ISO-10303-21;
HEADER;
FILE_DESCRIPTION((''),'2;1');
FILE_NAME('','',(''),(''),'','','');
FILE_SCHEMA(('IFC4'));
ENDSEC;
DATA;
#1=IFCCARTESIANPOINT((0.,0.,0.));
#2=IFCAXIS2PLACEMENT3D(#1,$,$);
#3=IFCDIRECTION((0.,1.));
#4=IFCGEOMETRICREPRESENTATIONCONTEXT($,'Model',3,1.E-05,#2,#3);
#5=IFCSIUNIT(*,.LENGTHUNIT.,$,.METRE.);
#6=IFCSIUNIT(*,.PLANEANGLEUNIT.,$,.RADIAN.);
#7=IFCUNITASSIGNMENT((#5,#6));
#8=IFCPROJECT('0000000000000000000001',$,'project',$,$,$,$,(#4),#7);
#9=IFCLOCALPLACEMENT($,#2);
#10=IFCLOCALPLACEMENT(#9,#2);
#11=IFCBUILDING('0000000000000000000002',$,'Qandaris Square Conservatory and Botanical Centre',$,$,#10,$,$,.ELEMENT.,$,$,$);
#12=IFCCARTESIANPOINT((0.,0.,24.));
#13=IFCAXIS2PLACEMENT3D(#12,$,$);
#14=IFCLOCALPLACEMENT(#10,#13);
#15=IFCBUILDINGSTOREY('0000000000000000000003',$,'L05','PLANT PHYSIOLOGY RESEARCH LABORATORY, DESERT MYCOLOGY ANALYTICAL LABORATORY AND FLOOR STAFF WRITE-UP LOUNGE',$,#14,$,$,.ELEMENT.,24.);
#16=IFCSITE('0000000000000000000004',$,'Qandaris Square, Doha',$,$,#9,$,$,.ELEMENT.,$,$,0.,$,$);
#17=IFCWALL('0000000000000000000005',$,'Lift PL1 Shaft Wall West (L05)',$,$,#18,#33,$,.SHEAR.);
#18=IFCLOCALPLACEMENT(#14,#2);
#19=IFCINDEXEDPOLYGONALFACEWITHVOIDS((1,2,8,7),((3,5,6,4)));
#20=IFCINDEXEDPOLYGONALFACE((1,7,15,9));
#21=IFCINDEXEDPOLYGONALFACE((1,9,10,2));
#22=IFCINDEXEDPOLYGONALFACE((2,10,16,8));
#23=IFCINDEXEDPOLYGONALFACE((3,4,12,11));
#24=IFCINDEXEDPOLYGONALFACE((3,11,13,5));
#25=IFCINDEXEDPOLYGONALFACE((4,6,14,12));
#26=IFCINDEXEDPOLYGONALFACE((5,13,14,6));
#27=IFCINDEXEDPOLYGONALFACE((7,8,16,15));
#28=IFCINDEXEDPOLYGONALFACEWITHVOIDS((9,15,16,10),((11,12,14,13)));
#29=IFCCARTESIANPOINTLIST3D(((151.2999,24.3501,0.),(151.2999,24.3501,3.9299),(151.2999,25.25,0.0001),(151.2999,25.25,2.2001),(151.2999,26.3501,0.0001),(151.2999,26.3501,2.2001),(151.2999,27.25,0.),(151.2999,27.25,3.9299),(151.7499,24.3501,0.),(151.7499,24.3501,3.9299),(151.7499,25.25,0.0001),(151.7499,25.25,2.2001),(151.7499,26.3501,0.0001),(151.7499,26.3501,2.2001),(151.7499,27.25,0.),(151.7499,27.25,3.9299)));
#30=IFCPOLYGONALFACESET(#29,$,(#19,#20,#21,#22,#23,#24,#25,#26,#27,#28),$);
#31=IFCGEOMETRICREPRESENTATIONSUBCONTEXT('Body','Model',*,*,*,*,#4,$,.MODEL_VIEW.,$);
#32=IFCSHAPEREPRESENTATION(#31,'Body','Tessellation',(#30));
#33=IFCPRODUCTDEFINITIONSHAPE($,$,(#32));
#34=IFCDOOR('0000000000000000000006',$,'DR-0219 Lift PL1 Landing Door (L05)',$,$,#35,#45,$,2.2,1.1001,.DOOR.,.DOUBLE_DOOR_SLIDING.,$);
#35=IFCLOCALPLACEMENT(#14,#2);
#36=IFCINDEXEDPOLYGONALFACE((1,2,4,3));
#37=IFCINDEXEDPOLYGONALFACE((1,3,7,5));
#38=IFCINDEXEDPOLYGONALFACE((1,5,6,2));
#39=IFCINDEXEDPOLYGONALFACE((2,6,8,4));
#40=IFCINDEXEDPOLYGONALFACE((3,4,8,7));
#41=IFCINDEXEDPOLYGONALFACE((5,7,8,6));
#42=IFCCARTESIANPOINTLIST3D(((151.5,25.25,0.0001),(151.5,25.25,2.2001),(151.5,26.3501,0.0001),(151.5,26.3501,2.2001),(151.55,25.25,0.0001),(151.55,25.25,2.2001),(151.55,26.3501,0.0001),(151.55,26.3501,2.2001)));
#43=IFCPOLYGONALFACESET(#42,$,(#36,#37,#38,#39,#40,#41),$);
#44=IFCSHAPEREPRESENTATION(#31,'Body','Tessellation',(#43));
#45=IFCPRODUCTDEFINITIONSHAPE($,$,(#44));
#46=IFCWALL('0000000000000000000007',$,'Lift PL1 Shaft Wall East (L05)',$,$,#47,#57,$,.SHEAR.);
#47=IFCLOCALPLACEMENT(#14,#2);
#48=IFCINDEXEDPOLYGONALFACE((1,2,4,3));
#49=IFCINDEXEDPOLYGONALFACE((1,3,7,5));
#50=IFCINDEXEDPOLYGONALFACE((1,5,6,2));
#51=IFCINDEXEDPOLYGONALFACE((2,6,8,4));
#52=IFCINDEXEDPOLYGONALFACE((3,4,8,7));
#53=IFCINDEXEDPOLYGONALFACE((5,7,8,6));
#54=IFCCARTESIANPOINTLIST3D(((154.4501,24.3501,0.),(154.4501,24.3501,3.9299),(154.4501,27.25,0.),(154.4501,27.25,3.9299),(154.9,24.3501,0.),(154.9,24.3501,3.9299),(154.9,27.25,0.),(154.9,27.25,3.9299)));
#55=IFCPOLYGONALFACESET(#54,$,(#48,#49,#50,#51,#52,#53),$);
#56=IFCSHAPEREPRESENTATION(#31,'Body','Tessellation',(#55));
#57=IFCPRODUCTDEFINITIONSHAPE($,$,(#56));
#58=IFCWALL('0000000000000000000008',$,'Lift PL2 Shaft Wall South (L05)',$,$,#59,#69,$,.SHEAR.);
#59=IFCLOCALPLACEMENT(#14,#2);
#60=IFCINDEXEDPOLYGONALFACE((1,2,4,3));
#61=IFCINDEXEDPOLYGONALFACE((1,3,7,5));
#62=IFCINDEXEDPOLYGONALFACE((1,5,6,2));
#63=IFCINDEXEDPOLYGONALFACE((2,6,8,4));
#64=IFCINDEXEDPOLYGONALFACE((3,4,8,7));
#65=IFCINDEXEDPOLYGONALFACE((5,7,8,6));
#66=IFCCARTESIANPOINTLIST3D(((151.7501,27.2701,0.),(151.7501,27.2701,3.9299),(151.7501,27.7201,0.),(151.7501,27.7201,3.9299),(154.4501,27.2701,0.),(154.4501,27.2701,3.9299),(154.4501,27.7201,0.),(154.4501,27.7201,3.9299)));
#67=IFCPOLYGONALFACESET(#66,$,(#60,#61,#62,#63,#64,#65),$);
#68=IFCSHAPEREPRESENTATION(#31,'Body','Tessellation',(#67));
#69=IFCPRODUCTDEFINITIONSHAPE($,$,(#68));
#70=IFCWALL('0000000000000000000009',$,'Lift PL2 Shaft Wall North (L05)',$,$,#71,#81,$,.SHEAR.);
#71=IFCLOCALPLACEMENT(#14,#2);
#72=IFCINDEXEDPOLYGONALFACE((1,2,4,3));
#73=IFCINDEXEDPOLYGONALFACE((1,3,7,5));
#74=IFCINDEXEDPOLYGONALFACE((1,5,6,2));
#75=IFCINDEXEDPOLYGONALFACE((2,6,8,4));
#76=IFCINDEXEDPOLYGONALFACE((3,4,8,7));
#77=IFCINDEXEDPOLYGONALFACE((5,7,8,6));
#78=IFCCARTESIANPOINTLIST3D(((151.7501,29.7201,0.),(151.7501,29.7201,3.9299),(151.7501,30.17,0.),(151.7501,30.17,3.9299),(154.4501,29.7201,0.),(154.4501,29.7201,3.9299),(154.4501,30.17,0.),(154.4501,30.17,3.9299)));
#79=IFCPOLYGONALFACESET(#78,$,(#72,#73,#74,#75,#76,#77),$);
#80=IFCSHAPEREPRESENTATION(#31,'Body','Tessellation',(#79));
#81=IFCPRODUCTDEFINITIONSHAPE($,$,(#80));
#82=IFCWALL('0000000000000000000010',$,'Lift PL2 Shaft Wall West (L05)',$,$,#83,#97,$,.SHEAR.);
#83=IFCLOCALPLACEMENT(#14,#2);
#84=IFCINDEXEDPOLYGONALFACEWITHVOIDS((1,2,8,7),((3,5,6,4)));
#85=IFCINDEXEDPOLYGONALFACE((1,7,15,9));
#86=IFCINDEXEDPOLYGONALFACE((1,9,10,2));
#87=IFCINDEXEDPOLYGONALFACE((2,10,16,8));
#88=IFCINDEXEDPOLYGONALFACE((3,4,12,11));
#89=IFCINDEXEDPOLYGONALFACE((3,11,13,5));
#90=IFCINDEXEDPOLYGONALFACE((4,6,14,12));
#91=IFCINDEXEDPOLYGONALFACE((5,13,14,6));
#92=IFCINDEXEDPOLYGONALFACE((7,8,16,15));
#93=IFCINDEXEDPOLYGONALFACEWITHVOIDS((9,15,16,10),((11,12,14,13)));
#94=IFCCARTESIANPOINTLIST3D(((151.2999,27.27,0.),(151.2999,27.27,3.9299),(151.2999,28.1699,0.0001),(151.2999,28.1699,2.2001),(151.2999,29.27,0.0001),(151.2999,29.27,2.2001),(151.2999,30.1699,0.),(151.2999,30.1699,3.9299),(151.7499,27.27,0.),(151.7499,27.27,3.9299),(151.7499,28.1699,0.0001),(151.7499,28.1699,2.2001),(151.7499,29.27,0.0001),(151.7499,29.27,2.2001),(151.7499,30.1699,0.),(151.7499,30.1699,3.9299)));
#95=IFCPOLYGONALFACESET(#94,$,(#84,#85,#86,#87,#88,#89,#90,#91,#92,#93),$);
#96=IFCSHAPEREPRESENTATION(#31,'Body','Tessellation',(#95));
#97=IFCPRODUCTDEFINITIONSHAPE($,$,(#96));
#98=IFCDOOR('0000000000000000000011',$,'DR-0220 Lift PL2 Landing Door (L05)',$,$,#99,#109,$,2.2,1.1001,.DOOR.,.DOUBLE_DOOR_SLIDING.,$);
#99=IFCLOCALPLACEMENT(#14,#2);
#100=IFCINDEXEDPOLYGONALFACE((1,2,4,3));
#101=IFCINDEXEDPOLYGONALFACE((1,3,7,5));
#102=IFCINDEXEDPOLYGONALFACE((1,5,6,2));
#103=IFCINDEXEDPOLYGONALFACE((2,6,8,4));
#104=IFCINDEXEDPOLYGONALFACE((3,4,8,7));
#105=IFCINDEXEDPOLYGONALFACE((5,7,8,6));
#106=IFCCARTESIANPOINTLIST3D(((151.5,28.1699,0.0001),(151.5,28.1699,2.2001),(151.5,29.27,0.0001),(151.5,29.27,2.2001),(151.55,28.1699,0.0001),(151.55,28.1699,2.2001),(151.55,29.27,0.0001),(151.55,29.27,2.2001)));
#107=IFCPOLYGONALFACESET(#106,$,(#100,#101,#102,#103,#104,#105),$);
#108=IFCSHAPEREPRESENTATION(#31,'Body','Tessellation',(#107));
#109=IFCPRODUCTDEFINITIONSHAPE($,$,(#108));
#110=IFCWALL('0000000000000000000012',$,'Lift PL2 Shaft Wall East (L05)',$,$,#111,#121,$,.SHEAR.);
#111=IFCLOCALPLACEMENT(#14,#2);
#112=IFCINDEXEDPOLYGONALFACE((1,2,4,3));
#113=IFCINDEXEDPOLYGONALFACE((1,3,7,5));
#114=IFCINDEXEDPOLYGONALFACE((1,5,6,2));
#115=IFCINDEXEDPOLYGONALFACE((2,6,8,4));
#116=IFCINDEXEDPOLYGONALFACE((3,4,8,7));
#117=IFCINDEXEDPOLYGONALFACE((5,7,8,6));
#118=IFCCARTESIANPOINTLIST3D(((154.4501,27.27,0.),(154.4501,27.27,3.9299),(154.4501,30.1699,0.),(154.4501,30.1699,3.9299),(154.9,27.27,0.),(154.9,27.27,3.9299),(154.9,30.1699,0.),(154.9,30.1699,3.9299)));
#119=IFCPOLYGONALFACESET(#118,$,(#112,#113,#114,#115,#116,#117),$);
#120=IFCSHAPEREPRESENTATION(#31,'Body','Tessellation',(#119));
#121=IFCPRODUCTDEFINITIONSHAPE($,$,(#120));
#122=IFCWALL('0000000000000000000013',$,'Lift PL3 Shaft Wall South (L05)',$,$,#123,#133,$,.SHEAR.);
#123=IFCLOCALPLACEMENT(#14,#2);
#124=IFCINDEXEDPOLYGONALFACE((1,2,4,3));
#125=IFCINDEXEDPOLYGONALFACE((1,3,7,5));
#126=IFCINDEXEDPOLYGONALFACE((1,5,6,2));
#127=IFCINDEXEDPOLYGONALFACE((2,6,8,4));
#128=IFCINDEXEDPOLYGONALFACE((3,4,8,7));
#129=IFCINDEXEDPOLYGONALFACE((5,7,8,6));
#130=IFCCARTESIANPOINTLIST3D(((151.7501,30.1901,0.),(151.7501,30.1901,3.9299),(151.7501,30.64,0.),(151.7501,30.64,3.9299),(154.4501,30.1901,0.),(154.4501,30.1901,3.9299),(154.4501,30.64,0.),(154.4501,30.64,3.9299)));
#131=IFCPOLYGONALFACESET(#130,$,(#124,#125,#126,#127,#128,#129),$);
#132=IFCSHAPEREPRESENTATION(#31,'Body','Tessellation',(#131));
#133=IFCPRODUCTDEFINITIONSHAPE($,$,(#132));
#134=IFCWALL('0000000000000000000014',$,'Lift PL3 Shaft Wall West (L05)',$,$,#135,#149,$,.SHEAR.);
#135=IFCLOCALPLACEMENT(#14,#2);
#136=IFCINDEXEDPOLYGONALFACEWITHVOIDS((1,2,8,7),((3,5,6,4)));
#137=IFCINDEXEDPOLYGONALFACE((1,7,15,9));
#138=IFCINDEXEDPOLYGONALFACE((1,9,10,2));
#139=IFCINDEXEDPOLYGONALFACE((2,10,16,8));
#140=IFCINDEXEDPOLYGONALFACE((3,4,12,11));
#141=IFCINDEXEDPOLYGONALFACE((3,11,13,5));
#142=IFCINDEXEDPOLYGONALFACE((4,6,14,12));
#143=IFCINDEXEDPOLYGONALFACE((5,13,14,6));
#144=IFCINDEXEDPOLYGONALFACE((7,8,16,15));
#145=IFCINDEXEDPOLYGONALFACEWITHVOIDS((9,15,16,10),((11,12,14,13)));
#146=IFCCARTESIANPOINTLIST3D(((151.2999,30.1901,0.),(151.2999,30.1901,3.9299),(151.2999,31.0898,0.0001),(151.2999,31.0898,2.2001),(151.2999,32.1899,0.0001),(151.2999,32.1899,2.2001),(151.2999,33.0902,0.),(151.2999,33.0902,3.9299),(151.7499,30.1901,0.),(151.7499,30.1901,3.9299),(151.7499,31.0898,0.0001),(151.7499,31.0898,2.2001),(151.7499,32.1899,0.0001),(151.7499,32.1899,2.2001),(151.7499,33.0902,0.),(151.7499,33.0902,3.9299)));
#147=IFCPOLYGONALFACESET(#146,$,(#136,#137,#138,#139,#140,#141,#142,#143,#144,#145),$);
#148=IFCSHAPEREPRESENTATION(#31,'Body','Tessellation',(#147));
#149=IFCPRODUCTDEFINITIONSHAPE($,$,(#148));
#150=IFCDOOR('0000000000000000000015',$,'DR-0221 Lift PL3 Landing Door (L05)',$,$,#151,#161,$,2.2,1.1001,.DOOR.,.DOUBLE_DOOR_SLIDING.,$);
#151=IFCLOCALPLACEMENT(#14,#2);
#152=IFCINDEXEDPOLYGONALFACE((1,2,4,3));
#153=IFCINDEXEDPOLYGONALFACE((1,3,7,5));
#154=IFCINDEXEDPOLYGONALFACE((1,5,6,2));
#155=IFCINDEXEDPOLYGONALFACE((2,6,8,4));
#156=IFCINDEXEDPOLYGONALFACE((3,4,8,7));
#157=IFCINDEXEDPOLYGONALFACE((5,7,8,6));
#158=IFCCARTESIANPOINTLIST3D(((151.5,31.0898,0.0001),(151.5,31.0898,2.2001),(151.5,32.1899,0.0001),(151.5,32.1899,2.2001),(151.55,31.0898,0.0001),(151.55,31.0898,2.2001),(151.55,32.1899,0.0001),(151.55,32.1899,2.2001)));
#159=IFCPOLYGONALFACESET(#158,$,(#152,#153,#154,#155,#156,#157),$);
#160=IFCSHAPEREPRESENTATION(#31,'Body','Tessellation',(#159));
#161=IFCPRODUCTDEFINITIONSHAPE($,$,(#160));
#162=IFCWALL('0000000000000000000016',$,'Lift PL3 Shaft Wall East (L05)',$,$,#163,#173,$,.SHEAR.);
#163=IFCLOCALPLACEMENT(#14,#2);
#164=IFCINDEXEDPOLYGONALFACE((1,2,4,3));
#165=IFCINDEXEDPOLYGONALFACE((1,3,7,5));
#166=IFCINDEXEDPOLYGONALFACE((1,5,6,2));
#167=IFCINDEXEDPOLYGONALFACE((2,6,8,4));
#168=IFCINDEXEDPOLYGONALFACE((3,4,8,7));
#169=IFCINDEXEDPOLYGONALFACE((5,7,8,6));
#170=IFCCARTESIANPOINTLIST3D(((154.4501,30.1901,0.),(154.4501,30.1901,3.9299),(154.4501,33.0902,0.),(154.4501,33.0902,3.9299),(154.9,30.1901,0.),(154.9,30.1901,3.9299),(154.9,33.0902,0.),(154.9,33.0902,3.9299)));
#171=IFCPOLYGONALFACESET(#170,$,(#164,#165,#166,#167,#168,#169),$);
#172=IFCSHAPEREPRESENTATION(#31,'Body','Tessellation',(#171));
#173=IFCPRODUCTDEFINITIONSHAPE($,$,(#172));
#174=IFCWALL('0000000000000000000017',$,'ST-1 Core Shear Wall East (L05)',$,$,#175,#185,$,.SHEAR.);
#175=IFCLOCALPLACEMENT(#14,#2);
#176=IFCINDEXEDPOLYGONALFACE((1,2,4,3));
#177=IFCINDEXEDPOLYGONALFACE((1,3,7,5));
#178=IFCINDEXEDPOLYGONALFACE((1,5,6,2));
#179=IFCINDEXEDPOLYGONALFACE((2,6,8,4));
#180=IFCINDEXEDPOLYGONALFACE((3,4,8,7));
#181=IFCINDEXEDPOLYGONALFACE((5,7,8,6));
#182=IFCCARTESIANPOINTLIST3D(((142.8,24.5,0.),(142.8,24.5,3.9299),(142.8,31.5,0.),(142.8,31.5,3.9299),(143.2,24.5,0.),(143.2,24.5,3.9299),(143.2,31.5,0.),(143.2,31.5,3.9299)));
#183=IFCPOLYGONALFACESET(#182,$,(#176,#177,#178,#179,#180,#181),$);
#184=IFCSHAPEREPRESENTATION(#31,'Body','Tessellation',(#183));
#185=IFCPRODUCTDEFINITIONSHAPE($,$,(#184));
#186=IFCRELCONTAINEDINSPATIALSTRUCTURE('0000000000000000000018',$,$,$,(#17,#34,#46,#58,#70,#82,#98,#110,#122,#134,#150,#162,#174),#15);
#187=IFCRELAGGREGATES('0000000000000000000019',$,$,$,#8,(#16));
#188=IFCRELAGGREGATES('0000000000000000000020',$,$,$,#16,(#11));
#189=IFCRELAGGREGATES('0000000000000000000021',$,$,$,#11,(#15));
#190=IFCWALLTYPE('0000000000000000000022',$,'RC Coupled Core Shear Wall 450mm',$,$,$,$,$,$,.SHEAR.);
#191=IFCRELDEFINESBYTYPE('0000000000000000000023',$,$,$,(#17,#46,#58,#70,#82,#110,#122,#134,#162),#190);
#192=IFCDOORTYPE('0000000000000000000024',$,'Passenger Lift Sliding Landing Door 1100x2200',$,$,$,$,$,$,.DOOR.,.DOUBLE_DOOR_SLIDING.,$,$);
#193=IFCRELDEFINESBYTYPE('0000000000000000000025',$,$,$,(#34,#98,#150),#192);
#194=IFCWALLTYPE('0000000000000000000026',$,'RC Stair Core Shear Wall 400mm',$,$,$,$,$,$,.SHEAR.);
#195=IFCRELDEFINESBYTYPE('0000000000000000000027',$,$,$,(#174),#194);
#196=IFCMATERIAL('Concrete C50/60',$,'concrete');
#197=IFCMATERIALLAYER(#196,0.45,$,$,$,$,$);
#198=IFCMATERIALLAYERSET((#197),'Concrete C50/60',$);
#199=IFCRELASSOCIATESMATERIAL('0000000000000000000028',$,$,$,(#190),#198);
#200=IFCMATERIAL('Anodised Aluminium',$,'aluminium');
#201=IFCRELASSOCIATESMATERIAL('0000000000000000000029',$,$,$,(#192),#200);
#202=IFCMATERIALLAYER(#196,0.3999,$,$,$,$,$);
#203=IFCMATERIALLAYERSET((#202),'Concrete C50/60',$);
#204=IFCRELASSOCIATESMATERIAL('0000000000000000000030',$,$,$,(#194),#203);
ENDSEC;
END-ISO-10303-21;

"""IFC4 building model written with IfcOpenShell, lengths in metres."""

from ifc_helpers import new_model, si_unit, direction, frame, frame_2d, origin, place, context, subcontext, project, spatial, rectangle, extrude, material, layer, layer_set, type_object, element, fill, save


model = new_model("IFC4")

# Units and contexts
model_context = context("Model", 3, precision=1e-05, world=origin(), true_north=direction((0.0, 1.0)))
body_context = subcontext(model_context, "Body", "Model", "MODEL_VIEW")
ifc_project = project(units=[si_unit("LENGTHUNIT", "METRE"), si_unit("PLANEANGLEUNIT", "RADIAN")], contexts=[model_context])

# Site, building, storey
site_placement = place(None, origin())
site = spatial("IfcSite", under=ifc_project, at=site_placement, Name="Qandaris Square, Doha", CompositionType="ELEMENT", RefElevation=0.0)
building_placement = place(site_placement, origin())
building = spatial("IfcBuilding", under=site, at=building_placement, Name="Qandaris Square Conservatory and Botanical Centre", CompositionType="ELEMENT")
storey_placement = place(building_placement, frame((0.0, 0.0, 24.0)))
storey = spatial("IfcBuildingStorey", under=building, at=storey_placement, Name="L05", Description="PLANT PHYSIOLOGY RESEARCH LABORATORY, DESERT MYCOLOGY ANALYTICAL LABORATORY AND FLOOR STAFF WRITE-UP LOUNGE", CompositionType="ELEMENT", Elevation=24.0)

# Shared definitions
ifc_material_1 = material(Name="Concrete C50/60", Category="concrete")

# Shared definitions
ifc_material_2 = material(Name="Anodised Aluminium", Category="aluminium")

# Shared definitions
ifc_layer_1 = layer(ifc_material_1, 0.45)
ifc_layer_set_1 = layer_set([ifc_layer_1], Name="Concrete C50/60")
wall_type_1 = type_object("IfcWallType", Name="RC Coupled Core Shear Wall 450mm", PredefinedType="SHEAR", material=ifc_layer_set_1)

# Wall, opening, door
wall_1_placement = place(storey_placement, frame((151.5249, 24.3501, 0.0), z_axis=(0.0, 0.0, 1.0), x_axis=(0.0, 1.0, 0.0)))
wall_1 = element("IfcWall", 1, at=wall_1_placement, inside=storey, type_object=wall_type_1, Name="Lift PL1 Shaft Wall West (L05)", PredefinedType="SHEAR", context=body_context, shape_type="SweptSolid", body=[
    extrude(rectangle(XDim=2.8999, YDim=0.45, at=frame_2d((1.45, 0.0))), origin(), (0.0, 0.0, 1.0), 3.9299),
])
opening_1_placement = place(wall_1_placement, frame((0.8999, 0.0, 0.0)))
opening_1 = element("IfcOpeningElement", 2, at=opening_1_placement, cuts=wall_1, PredefinedType="OPENING", context=body_context, shape_type="SweptSolid", body=[
    extrude(rectangle(XDim=1.1001, YDim=2.2, at=frame_2d((0.55, 1.1001))), frame((0.0, 0.2368, 0.0), z_axis=(0.0, -1.0, 0.0), x_axis=(1.0, 0.0, 0.0)), (0.0, 0.0, 1.0), 0.4739),
])
door_type_1 = type_object("IfcDoorType", Name="Passenger Lift Sliding Landing Door 1100x2200", OperationType="DOUBLE_DOOR_SLIDING", PredefinedType="DOOR", material=ifc_material_2)
door_1_placement = place(opening_1_placement, origin())
door_1 = element("IfcDoor", 3, at=door_1_placement, inside=storey, type_object=door_type_1, Name="DR-0219 Lift PL1 Landing Door (L05)", OperationType="DOUBLE_DOOR_SLIDING", OverallHeight=2.2, OverallWidth=1.1001, PredefinedType="DOOR", context=body_context, shape_type="SweptSolid", body=[
    extrude(rectangle(XDim=1.1001, YDim=2.2, at=frame_2d((0.55, 1.1001))), frame((0.0, 0.0249, 0.0), z_axis=(0.0, -1.0, 0.0), x_axis=(1.0, 0.0, 0.0)), (0.0, 0.0, 1.0), 0.05),
])
fill(opening_1, door_1)

# Walls
wall_2_placement = place(storey_placement, frame((154.675, 24.3501, 0.0), z_axis=(0.0, 0.0, 1.0), x_axis=(0.0, 1.0, 0.0)))
element("IfcWall", 4, at=wall_2_placement, inside=storey, type_object=wall_type_1, Name="Lift PL1 Shaft Wall East (L05)", PredefinedType="SHEAR", context=body_context, shape_type="SweptSolid", body=[
    extrude(rectangle(XDim=2.8999, YDim=0.45, at=frame_2d((1.45, 0.0))), origin(), (0.0, 0.0, 1.0), 3.9299),
])
for number, where, z_axis, x_axis, name in (
    (5, (151.75, 27.4951, 0.0), (0.0, 0.0, 1.0), (1.0, 0.0, 0.0), "Lift PL2 Shaft Wall South (L05)"),
    (6, (151.75, 29.9451, 0.0), (0.0, 0.0, 1.0), (1.0, 0.0, 0.0), "Lift PL2 Shaft Wall North (L05)"),
):
    element("IfcWall", number, at=place(storey_placement, frame(where, z_axis=z_axis, x_axis=x_axis)), inside=storey, type_object=wall_type_1, Name=name, PredefinedType="SHEAR", context=body_context, shape_type="SweptSolid", body=[
        extrude(rectangle(XDim=2.7, YDim=0.45, at=frame_2d((1.3501, 0.0))), origin(), (0.0, 0.0, 1.0), 3.9299),
    ])

# Wall, opening, door
wall_3_placement = place(storey_placement, frame((151.5249, 27.27, 0.0), z_axis=(0.0, 0.0, 1.0), x_axis=(0.0, 1.0, 0.0)))
wall_3 = element("IfcWall", 7, at=wall_3_placement, inside=storey, type_object=wall_type_1, Name="Lift PL2 Shaft Wall West (L05)", PredefinedType="SHEAR", context=body_context, shape_type="SweptSolid", body=[
    extrude(rectangle(XDim=2.8999, YDim=0.45, at=frame_2d((1.45, 0.0))), origin(), (0.0, 0.0, 1.0), 3.9299),
])
opening_2_placement = place(wall_3_placement, frame((0.8999, 0.0, 0.0)))
opening_2 = element("IfcOpeningElement", 8, at=opening_2_placement, cuts=wall_3, PredefinedType="OPENING", context=body_context, shape_type="SweptSolid", body=[
    extrude(rectangle(XDim=1.1001, YDim=2.2, at=frame_2d((0.55, 1.1001))), frame((0.0, 0.2368, 0.0), z_axis=(0.0, -1.0, 0.0), x_axis=(1.0, 0.0, 0.0)), (0.0, 0.0, 1.0), 0.4739),
])
door_2_placement = place(opening_2_placement, origin())
door_2 = element("IfcDoor", 9, at=door_2_placement, inside=storey, type_object=door_type_1, Name="DR-0220 Lift PL2 Landing Door (L05)", OperationType="DOUBLE_DOOR_SLIDING", OverallHeight=2.2, OverallWidth=1.1001, PredefinedType="DOOR", context=body_context, shape_type="SweptSolid", body=[
    extrude(rectangle(XDim=1.1001, YDim=2.2, at=frame_2d((0.55, 1.1001))), frame((0.0, 0.0249, 0.0), z_axis=(0.0, -1.0, 0.0), x_axis=(1.0, 0.0, 0.0)), (0.0, 0.0, 1.0), 0.05),
])
fill(opening_2, door_2)

# Walls
wall_4_placement = place(storey_placement, frame((154.675, 27.27, 0.0), z_axis=(0.0, 0.0, 1.0), x_axis=(0.0, 1.0, 0.0)))
element("IfcWall", 10, at=wall_4_placement, inside=storey, type_object=wall_type_1, Name="Lift PL2 Shaft Wall East (L05)", PredefinedType="SHEAR", context=body_context, shape_type="SweptSolid", body=[
    extrude(rectangle(XDim=2.8999, YDim=0.45, at=frame_2d((1.45, 0.0))), origin(), (0.0, 0.0, 1.0), 3.9299),
])
wall_5_placement = place(storey_placement, frame((151.75, 30.415, 0.0), z_axis=(0.0, 0.0, 1.0), x_axis=(1.0, 0.0, 0.0)))
element("IfcWall", 11, at=wall_5_placement, inside=storey, type_object=wall_type_1, Name="Lift PL3 Shaft Wall South (L05)", PredefinedType="SHEAR", context=body_context, shape_type="SweptSolid", body=[
    extrude(rectangle(XDim=2.7, YDim=0.45, at=frame_2d((1.3501, 0.0))), origin(), (0.0, 0.0, 1.0), 3.9299),
])

# Wall, opening, door
wall_6_placement = place(storey_placement, frame((151.5249, 30.1899, 0.0), z_axis=(0.0, 0.0, 1.0), x_axis=(0.0, 1.0, 0.0)))
wall_6 = element("IfcWall", 12, at=wall_6_placement, inside=storey, type_object=wall_type_1, Name="Lift PL3 Shaft Wall West (L05)", PredefinedType="SHEAR", context=body_context, shape_type="SweptSolid", body=[
    extrude(rectangle(XDim=2.9001, YDim=0.45, at=frame_2d((1.4502, 0.0))), origin(), (0.0, 0.0, 1.0), 3.9299),
])
opening_3_placement = place(wall_6_placement, frame((0.8999, 0.0, 0.0)))
opening_3 = element("IfcOpeningElement", 13, at=opening_3_placement, cuts=wall_6, PredefinedType="OPENING", context=body_context, shape_type="SweptSolid", body=[
    extrude(rectangle(XDim=1.1001, YDim=2.2, at=frame_2d((0.55, 1.1001))), frame((0.0, 0.2368, 0.0), z_axis=(0.0, -1.0, 0.0), x_axis=(1.0, 0.0, 0.0)), (0.0, 0.0, 1.0), 0.4739),
])
door_3_placement = place(opening_3_placement, origin())
door_3 = element("IfcDoor", 14, at=door_3_placement, inside=storey, type_object=door_type_1, Name="DR-0221 Lift PL3 Landing Door (L05)", OperationType="DOUBLE_DOOR_SLIDING", OverallHeight=2.2, OverallWidth=1.1001, PredefinedType="DOOR", context=body_context, shape_type="SweptSolid", body=[
    extrude(rectangle(XDim=1.1001, YDim=2.2, at=frame_2d((0.55, 1.1001))), frame((0.0, 0.0249, 0.0), z_axis=(0.0, -1.0, 0.0), x_axis=(1.0, 0.0, 0.0)), (0.0, 0.0, 1.0), 0.05),
])
fill(opening_3, door_3)

# Walls
wall_7_placement = place(storey_placement, frame((154.675, 30.1899, 0.0), z_axis=(0.0, 0.0, 1.0), x_axis=(0.0, 1.0, 0.0)))
element("IfcWall", 15, at=wall_7_placement, inside=storey, type_object=wall_type_1, Name="Lift PL3 Shaft Wall East (L05)", PredefinedType="SHEAR", context=body_context, shape_type="SweptSolid", body=[
    extrude(rectangle(XDim=2.9001, YDim=0.45, at=frame_2d((1.4502, 0.0))), origin(), (0.0, 0.0, 1.0), 3.9299),
])
ifc_layer_2 = layer(ifc_material_1, 0.3999)
ifc_layer_set_2 = layer_set([ifc_layer_2], Name="Concrete C50/60")
wall_type_2 = type_object("IfcWallType", Name="RC Stair Core Shear Wall 400mm", PredefinedType="SHEAR", material=ifc_layer_set_2)
wall_8_placement = place(storey_placement, frame((143.0, 24.5, 0.0), z_axis=(0.0, 0.0, 1.0), x_axis=(0.0, 1.0, 0.0)))
element("IfcWall", 16, at=wall_8_placement, inside=storey, type_object=wall_type_2, Name="ST-1 Core Shear Wall East (L05)", PredefinedType="SHEAR", context=body_context, shape_type="SweptSolid", body=[
    extrude(rectangle(XDim=7.0, YDim=0.3999, at=frame_2d((3.5, 0.0))), origin(), (0.0, 0.0, 1.0), 3.9299),
])

save(model, "model.ifc")
